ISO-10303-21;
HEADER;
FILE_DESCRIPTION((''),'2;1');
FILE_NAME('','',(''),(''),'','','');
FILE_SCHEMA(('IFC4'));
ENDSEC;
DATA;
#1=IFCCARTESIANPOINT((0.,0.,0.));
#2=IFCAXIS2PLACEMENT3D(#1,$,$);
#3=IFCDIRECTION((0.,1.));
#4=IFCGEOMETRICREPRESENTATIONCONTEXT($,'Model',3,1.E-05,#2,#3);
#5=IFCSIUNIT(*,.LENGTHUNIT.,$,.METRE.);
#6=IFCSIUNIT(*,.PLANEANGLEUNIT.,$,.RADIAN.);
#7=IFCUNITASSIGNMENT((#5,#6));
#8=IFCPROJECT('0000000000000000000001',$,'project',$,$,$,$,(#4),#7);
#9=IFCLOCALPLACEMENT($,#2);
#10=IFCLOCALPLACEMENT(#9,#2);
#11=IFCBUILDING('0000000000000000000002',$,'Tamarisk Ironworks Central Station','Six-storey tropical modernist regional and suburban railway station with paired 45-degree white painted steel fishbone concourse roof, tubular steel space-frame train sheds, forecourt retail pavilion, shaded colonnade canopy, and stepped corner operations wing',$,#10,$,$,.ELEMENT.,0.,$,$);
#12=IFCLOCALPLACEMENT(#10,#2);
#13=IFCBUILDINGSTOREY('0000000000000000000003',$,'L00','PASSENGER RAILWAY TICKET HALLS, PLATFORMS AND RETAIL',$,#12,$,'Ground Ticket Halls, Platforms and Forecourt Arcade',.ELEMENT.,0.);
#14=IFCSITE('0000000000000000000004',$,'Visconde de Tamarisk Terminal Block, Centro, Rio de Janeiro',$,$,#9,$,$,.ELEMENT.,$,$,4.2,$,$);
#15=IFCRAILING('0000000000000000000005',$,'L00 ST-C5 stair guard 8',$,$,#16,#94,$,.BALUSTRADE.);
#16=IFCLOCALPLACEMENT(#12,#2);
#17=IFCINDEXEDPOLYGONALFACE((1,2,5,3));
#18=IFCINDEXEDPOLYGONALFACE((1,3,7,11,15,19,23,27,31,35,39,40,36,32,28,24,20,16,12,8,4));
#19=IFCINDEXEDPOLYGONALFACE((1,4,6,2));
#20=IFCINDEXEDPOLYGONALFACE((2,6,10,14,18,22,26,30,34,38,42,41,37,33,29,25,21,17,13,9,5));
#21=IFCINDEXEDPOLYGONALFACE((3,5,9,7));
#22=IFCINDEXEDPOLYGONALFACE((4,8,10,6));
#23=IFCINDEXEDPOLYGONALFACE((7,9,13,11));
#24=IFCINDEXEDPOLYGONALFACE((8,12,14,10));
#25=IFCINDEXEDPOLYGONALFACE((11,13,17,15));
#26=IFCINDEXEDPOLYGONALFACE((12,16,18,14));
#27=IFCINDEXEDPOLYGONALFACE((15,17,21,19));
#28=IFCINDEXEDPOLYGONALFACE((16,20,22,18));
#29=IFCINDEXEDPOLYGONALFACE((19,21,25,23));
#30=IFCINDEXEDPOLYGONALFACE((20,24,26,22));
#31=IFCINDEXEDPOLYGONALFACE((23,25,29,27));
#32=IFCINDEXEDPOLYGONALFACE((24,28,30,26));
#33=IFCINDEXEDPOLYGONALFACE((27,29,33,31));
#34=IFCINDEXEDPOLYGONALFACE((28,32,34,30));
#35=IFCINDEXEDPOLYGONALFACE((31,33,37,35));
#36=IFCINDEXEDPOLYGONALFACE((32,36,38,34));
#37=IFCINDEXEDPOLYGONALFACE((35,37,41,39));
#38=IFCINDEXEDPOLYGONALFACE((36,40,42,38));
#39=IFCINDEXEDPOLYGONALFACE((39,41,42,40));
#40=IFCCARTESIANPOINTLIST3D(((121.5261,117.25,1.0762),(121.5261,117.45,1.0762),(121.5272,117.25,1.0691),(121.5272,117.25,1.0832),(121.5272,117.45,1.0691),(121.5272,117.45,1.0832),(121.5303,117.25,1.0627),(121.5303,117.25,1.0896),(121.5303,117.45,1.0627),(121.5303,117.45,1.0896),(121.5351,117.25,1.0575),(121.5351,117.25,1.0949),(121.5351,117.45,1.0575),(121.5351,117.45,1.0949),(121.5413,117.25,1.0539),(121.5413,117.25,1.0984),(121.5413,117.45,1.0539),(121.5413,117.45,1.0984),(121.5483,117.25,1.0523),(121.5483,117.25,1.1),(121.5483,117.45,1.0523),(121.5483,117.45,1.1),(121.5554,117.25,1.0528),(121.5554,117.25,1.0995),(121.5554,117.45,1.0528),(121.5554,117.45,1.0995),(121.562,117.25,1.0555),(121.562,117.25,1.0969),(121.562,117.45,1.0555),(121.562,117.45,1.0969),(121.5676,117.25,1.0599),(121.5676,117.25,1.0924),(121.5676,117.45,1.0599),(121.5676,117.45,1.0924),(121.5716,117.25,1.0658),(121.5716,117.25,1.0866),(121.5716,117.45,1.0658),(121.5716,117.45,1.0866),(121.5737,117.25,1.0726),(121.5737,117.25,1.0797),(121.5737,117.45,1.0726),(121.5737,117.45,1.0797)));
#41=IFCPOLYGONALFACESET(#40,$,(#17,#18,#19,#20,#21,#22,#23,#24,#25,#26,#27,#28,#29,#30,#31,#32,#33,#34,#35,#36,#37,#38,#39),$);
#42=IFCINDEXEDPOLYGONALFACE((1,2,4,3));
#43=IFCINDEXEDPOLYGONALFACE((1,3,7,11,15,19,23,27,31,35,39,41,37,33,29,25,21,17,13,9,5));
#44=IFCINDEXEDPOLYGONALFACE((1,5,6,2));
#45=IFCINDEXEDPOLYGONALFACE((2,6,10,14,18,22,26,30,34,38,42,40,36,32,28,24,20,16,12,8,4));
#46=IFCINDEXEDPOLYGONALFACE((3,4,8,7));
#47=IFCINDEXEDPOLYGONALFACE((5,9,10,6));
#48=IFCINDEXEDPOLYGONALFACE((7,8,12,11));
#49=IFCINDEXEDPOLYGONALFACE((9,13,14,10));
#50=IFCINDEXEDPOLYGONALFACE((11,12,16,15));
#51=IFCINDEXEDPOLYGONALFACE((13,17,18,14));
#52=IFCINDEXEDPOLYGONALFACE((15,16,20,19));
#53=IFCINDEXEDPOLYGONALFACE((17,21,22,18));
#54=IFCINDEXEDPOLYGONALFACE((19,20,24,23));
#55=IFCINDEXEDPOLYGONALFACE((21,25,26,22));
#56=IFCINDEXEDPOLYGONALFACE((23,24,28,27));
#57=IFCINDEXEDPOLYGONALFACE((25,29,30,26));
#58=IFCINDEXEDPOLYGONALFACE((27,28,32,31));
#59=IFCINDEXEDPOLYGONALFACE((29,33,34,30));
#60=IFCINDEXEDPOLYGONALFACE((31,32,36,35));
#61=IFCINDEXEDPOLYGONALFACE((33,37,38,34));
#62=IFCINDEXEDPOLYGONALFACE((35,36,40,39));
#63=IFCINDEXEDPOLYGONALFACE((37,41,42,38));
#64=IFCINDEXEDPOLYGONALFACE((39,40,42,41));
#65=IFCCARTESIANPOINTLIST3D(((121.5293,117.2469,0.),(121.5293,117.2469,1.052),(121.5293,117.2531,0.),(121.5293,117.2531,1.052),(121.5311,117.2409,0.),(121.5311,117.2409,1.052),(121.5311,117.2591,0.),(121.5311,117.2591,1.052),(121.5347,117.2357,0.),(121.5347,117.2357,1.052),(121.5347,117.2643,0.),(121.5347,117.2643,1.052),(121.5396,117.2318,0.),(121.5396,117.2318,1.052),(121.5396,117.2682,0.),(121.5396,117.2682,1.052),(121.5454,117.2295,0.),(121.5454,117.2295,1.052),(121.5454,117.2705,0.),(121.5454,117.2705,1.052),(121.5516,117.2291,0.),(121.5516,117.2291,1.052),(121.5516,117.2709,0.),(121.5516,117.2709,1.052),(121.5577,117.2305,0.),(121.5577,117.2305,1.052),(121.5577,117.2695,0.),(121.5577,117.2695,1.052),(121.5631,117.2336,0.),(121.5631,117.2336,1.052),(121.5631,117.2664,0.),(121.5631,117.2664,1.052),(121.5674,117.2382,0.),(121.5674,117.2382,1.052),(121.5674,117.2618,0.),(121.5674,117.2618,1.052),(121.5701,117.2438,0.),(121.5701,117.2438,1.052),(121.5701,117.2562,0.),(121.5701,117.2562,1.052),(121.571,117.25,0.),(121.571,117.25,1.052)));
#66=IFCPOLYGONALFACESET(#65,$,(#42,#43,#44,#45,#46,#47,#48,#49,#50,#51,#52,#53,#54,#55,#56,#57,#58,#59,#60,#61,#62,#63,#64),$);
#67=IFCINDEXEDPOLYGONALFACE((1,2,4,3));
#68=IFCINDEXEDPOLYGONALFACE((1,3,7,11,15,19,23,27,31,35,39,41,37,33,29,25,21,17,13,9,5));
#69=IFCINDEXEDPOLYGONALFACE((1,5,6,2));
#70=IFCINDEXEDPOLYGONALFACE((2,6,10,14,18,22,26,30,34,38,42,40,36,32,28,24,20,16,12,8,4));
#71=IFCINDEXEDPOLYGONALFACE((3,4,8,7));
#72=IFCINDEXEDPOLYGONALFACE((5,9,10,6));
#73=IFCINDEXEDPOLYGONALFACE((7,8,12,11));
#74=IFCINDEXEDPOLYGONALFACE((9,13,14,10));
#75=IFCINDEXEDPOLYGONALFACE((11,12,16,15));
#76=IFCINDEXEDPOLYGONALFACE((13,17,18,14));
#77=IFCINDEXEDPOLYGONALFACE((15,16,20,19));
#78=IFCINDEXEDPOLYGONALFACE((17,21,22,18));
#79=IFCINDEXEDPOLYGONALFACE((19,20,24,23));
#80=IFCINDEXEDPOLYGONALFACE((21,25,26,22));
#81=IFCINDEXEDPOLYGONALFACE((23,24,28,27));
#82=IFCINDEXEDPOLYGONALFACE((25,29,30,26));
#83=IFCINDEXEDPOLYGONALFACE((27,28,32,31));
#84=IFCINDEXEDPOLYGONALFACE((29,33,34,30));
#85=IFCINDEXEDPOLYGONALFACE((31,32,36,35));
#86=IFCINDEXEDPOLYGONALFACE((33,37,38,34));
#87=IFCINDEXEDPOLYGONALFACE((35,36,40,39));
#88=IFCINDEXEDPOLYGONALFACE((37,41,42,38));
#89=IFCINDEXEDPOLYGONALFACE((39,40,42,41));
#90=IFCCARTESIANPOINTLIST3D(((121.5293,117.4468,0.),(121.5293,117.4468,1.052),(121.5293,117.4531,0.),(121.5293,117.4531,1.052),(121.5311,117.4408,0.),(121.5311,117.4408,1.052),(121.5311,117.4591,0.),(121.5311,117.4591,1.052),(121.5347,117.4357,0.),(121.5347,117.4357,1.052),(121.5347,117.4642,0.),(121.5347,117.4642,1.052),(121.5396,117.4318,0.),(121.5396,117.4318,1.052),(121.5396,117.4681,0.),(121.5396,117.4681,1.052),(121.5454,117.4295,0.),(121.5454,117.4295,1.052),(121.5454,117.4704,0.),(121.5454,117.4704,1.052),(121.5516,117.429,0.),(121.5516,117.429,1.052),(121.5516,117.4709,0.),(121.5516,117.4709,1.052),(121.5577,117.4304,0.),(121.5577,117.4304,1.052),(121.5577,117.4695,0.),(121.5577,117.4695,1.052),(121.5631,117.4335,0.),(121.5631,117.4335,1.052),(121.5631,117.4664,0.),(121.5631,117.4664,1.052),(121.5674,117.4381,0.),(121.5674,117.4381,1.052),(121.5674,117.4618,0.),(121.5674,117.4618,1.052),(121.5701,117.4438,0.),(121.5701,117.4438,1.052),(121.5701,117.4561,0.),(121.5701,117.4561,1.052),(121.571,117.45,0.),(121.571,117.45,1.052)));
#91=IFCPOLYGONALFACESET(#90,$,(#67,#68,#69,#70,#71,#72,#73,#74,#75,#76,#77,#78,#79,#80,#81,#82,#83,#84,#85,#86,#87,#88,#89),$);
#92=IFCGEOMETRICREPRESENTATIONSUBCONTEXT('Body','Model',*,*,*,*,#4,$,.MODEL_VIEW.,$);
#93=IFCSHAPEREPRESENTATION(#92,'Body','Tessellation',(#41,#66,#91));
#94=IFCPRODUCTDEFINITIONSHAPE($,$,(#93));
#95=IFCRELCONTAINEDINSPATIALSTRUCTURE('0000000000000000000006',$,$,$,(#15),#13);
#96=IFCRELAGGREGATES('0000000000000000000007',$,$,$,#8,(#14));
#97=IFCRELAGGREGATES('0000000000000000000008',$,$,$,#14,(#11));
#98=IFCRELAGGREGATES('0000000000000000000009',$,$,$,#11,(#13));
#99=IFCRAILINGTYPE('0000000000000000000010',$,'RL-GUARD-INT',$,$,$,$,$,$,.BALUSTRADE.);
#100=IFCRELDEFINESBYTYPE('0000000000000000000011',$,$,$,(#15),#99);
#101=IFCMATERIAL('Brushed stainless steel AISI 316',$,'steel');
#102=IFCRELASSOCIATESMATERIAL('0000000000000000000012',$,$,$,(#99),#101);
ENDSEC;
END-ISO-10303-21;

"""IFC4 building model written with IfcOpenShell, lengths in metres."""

from ifc_helpers import new_model, si_unit, direction, frame, origin, origin_2d, place, context, subcontext, project, spatial, circle, extrude, material, type_object, element, save


model = new_model("IFC4")

# Units and contexts
model_context = context("Model", 3, precision=1e-05, world=origin(), true_north=direction((0.0, 1.0)))
body_context = subcontext(model_context, "Body", "Model", "MODEL_VIEW")
ifc_project = project(units=[si_unit("LENGTHUNIT", "METRE"), si_unit("PLANEANGLEUNIT", "RADIAN")], contexts=[model_context])

# Site, building, storey
site_placement = place(None, origin())
site = spatial("IfcSite", under=ifc_project, at=site_placement, Name="Visconde de Tamarisk Terminal Block, Centro, Rio de Janeiro", CompositionType="ELEMENT", RefElevation=4.2)
building_placement = place(site_placement, origin())
building = spatial("IfcBuilding", under=site, at=building_placement, Name="Tamarisk Ironworks Central Station", Description="Six-storey tropical modernist regional and suburban railway station with paired 45-degree white painted steel fishbone concourse roof, tubular steel space-frame train sheds, forecourt retail pavilion, shaded colonnade canopy, and stepped corner operations wing", CompositionType="ELEMENT", ElevationOfRefHeight=0.0)
storey_placement = place(building_placement, origin())
storey = spatial("IfcBuildingStorey", under=building, at=storey_placement, Name="L00", Description="PASSENGER RAILWAY TICKET HALLS, PLATFORMS AND RETAIL", LongName="Ground Ticket Halls, Platforms and Forecourt Arcade", CompositionType="ELEMENT", Elevation=0.0)

# Railing
ifc_material_1 = material(Name="Brushed stainless steel AISI 316", Category="steel")
railing_type_1 = type_object("IfcRailingType", Name="RL-GUARD-INT", PredefinedType="BALUSTRADE", material=ifc_material_1)
railing_1_placement = place(storey_placement, frame((121.55, 117.25, 0.0)))
element("IfcRailing", 1, at=railing_1_placement, inside=storey, type_object=railing_type_1, Name="L00 ST-C5 stair guard 8", PredefinedType="BALUSTRADE", context=body_context, shape_type="SweptSolid", body=[
    extrude(circle(Radius=0.0239, at=origin_2d()), frame((0.0, 0.0, 1.0762), z_axis=(0.0, 1.0, 0.0), x_axis=(-1.0, 0.0, 0.0)), (0.0, 0.0, 1.0), 0.2),
    extrude(circle(Radius=0.021, at=origin_2d()), origin(), (0.0, 0.0, 1.0), 1.052),
    extrude(circle(Radius=0.021, at=origin_2d()), frame((0.0, 0.2, 0.0)), (0.0, 0.0, 1.0), 1.052),
])

save(model, "model.ifc")
